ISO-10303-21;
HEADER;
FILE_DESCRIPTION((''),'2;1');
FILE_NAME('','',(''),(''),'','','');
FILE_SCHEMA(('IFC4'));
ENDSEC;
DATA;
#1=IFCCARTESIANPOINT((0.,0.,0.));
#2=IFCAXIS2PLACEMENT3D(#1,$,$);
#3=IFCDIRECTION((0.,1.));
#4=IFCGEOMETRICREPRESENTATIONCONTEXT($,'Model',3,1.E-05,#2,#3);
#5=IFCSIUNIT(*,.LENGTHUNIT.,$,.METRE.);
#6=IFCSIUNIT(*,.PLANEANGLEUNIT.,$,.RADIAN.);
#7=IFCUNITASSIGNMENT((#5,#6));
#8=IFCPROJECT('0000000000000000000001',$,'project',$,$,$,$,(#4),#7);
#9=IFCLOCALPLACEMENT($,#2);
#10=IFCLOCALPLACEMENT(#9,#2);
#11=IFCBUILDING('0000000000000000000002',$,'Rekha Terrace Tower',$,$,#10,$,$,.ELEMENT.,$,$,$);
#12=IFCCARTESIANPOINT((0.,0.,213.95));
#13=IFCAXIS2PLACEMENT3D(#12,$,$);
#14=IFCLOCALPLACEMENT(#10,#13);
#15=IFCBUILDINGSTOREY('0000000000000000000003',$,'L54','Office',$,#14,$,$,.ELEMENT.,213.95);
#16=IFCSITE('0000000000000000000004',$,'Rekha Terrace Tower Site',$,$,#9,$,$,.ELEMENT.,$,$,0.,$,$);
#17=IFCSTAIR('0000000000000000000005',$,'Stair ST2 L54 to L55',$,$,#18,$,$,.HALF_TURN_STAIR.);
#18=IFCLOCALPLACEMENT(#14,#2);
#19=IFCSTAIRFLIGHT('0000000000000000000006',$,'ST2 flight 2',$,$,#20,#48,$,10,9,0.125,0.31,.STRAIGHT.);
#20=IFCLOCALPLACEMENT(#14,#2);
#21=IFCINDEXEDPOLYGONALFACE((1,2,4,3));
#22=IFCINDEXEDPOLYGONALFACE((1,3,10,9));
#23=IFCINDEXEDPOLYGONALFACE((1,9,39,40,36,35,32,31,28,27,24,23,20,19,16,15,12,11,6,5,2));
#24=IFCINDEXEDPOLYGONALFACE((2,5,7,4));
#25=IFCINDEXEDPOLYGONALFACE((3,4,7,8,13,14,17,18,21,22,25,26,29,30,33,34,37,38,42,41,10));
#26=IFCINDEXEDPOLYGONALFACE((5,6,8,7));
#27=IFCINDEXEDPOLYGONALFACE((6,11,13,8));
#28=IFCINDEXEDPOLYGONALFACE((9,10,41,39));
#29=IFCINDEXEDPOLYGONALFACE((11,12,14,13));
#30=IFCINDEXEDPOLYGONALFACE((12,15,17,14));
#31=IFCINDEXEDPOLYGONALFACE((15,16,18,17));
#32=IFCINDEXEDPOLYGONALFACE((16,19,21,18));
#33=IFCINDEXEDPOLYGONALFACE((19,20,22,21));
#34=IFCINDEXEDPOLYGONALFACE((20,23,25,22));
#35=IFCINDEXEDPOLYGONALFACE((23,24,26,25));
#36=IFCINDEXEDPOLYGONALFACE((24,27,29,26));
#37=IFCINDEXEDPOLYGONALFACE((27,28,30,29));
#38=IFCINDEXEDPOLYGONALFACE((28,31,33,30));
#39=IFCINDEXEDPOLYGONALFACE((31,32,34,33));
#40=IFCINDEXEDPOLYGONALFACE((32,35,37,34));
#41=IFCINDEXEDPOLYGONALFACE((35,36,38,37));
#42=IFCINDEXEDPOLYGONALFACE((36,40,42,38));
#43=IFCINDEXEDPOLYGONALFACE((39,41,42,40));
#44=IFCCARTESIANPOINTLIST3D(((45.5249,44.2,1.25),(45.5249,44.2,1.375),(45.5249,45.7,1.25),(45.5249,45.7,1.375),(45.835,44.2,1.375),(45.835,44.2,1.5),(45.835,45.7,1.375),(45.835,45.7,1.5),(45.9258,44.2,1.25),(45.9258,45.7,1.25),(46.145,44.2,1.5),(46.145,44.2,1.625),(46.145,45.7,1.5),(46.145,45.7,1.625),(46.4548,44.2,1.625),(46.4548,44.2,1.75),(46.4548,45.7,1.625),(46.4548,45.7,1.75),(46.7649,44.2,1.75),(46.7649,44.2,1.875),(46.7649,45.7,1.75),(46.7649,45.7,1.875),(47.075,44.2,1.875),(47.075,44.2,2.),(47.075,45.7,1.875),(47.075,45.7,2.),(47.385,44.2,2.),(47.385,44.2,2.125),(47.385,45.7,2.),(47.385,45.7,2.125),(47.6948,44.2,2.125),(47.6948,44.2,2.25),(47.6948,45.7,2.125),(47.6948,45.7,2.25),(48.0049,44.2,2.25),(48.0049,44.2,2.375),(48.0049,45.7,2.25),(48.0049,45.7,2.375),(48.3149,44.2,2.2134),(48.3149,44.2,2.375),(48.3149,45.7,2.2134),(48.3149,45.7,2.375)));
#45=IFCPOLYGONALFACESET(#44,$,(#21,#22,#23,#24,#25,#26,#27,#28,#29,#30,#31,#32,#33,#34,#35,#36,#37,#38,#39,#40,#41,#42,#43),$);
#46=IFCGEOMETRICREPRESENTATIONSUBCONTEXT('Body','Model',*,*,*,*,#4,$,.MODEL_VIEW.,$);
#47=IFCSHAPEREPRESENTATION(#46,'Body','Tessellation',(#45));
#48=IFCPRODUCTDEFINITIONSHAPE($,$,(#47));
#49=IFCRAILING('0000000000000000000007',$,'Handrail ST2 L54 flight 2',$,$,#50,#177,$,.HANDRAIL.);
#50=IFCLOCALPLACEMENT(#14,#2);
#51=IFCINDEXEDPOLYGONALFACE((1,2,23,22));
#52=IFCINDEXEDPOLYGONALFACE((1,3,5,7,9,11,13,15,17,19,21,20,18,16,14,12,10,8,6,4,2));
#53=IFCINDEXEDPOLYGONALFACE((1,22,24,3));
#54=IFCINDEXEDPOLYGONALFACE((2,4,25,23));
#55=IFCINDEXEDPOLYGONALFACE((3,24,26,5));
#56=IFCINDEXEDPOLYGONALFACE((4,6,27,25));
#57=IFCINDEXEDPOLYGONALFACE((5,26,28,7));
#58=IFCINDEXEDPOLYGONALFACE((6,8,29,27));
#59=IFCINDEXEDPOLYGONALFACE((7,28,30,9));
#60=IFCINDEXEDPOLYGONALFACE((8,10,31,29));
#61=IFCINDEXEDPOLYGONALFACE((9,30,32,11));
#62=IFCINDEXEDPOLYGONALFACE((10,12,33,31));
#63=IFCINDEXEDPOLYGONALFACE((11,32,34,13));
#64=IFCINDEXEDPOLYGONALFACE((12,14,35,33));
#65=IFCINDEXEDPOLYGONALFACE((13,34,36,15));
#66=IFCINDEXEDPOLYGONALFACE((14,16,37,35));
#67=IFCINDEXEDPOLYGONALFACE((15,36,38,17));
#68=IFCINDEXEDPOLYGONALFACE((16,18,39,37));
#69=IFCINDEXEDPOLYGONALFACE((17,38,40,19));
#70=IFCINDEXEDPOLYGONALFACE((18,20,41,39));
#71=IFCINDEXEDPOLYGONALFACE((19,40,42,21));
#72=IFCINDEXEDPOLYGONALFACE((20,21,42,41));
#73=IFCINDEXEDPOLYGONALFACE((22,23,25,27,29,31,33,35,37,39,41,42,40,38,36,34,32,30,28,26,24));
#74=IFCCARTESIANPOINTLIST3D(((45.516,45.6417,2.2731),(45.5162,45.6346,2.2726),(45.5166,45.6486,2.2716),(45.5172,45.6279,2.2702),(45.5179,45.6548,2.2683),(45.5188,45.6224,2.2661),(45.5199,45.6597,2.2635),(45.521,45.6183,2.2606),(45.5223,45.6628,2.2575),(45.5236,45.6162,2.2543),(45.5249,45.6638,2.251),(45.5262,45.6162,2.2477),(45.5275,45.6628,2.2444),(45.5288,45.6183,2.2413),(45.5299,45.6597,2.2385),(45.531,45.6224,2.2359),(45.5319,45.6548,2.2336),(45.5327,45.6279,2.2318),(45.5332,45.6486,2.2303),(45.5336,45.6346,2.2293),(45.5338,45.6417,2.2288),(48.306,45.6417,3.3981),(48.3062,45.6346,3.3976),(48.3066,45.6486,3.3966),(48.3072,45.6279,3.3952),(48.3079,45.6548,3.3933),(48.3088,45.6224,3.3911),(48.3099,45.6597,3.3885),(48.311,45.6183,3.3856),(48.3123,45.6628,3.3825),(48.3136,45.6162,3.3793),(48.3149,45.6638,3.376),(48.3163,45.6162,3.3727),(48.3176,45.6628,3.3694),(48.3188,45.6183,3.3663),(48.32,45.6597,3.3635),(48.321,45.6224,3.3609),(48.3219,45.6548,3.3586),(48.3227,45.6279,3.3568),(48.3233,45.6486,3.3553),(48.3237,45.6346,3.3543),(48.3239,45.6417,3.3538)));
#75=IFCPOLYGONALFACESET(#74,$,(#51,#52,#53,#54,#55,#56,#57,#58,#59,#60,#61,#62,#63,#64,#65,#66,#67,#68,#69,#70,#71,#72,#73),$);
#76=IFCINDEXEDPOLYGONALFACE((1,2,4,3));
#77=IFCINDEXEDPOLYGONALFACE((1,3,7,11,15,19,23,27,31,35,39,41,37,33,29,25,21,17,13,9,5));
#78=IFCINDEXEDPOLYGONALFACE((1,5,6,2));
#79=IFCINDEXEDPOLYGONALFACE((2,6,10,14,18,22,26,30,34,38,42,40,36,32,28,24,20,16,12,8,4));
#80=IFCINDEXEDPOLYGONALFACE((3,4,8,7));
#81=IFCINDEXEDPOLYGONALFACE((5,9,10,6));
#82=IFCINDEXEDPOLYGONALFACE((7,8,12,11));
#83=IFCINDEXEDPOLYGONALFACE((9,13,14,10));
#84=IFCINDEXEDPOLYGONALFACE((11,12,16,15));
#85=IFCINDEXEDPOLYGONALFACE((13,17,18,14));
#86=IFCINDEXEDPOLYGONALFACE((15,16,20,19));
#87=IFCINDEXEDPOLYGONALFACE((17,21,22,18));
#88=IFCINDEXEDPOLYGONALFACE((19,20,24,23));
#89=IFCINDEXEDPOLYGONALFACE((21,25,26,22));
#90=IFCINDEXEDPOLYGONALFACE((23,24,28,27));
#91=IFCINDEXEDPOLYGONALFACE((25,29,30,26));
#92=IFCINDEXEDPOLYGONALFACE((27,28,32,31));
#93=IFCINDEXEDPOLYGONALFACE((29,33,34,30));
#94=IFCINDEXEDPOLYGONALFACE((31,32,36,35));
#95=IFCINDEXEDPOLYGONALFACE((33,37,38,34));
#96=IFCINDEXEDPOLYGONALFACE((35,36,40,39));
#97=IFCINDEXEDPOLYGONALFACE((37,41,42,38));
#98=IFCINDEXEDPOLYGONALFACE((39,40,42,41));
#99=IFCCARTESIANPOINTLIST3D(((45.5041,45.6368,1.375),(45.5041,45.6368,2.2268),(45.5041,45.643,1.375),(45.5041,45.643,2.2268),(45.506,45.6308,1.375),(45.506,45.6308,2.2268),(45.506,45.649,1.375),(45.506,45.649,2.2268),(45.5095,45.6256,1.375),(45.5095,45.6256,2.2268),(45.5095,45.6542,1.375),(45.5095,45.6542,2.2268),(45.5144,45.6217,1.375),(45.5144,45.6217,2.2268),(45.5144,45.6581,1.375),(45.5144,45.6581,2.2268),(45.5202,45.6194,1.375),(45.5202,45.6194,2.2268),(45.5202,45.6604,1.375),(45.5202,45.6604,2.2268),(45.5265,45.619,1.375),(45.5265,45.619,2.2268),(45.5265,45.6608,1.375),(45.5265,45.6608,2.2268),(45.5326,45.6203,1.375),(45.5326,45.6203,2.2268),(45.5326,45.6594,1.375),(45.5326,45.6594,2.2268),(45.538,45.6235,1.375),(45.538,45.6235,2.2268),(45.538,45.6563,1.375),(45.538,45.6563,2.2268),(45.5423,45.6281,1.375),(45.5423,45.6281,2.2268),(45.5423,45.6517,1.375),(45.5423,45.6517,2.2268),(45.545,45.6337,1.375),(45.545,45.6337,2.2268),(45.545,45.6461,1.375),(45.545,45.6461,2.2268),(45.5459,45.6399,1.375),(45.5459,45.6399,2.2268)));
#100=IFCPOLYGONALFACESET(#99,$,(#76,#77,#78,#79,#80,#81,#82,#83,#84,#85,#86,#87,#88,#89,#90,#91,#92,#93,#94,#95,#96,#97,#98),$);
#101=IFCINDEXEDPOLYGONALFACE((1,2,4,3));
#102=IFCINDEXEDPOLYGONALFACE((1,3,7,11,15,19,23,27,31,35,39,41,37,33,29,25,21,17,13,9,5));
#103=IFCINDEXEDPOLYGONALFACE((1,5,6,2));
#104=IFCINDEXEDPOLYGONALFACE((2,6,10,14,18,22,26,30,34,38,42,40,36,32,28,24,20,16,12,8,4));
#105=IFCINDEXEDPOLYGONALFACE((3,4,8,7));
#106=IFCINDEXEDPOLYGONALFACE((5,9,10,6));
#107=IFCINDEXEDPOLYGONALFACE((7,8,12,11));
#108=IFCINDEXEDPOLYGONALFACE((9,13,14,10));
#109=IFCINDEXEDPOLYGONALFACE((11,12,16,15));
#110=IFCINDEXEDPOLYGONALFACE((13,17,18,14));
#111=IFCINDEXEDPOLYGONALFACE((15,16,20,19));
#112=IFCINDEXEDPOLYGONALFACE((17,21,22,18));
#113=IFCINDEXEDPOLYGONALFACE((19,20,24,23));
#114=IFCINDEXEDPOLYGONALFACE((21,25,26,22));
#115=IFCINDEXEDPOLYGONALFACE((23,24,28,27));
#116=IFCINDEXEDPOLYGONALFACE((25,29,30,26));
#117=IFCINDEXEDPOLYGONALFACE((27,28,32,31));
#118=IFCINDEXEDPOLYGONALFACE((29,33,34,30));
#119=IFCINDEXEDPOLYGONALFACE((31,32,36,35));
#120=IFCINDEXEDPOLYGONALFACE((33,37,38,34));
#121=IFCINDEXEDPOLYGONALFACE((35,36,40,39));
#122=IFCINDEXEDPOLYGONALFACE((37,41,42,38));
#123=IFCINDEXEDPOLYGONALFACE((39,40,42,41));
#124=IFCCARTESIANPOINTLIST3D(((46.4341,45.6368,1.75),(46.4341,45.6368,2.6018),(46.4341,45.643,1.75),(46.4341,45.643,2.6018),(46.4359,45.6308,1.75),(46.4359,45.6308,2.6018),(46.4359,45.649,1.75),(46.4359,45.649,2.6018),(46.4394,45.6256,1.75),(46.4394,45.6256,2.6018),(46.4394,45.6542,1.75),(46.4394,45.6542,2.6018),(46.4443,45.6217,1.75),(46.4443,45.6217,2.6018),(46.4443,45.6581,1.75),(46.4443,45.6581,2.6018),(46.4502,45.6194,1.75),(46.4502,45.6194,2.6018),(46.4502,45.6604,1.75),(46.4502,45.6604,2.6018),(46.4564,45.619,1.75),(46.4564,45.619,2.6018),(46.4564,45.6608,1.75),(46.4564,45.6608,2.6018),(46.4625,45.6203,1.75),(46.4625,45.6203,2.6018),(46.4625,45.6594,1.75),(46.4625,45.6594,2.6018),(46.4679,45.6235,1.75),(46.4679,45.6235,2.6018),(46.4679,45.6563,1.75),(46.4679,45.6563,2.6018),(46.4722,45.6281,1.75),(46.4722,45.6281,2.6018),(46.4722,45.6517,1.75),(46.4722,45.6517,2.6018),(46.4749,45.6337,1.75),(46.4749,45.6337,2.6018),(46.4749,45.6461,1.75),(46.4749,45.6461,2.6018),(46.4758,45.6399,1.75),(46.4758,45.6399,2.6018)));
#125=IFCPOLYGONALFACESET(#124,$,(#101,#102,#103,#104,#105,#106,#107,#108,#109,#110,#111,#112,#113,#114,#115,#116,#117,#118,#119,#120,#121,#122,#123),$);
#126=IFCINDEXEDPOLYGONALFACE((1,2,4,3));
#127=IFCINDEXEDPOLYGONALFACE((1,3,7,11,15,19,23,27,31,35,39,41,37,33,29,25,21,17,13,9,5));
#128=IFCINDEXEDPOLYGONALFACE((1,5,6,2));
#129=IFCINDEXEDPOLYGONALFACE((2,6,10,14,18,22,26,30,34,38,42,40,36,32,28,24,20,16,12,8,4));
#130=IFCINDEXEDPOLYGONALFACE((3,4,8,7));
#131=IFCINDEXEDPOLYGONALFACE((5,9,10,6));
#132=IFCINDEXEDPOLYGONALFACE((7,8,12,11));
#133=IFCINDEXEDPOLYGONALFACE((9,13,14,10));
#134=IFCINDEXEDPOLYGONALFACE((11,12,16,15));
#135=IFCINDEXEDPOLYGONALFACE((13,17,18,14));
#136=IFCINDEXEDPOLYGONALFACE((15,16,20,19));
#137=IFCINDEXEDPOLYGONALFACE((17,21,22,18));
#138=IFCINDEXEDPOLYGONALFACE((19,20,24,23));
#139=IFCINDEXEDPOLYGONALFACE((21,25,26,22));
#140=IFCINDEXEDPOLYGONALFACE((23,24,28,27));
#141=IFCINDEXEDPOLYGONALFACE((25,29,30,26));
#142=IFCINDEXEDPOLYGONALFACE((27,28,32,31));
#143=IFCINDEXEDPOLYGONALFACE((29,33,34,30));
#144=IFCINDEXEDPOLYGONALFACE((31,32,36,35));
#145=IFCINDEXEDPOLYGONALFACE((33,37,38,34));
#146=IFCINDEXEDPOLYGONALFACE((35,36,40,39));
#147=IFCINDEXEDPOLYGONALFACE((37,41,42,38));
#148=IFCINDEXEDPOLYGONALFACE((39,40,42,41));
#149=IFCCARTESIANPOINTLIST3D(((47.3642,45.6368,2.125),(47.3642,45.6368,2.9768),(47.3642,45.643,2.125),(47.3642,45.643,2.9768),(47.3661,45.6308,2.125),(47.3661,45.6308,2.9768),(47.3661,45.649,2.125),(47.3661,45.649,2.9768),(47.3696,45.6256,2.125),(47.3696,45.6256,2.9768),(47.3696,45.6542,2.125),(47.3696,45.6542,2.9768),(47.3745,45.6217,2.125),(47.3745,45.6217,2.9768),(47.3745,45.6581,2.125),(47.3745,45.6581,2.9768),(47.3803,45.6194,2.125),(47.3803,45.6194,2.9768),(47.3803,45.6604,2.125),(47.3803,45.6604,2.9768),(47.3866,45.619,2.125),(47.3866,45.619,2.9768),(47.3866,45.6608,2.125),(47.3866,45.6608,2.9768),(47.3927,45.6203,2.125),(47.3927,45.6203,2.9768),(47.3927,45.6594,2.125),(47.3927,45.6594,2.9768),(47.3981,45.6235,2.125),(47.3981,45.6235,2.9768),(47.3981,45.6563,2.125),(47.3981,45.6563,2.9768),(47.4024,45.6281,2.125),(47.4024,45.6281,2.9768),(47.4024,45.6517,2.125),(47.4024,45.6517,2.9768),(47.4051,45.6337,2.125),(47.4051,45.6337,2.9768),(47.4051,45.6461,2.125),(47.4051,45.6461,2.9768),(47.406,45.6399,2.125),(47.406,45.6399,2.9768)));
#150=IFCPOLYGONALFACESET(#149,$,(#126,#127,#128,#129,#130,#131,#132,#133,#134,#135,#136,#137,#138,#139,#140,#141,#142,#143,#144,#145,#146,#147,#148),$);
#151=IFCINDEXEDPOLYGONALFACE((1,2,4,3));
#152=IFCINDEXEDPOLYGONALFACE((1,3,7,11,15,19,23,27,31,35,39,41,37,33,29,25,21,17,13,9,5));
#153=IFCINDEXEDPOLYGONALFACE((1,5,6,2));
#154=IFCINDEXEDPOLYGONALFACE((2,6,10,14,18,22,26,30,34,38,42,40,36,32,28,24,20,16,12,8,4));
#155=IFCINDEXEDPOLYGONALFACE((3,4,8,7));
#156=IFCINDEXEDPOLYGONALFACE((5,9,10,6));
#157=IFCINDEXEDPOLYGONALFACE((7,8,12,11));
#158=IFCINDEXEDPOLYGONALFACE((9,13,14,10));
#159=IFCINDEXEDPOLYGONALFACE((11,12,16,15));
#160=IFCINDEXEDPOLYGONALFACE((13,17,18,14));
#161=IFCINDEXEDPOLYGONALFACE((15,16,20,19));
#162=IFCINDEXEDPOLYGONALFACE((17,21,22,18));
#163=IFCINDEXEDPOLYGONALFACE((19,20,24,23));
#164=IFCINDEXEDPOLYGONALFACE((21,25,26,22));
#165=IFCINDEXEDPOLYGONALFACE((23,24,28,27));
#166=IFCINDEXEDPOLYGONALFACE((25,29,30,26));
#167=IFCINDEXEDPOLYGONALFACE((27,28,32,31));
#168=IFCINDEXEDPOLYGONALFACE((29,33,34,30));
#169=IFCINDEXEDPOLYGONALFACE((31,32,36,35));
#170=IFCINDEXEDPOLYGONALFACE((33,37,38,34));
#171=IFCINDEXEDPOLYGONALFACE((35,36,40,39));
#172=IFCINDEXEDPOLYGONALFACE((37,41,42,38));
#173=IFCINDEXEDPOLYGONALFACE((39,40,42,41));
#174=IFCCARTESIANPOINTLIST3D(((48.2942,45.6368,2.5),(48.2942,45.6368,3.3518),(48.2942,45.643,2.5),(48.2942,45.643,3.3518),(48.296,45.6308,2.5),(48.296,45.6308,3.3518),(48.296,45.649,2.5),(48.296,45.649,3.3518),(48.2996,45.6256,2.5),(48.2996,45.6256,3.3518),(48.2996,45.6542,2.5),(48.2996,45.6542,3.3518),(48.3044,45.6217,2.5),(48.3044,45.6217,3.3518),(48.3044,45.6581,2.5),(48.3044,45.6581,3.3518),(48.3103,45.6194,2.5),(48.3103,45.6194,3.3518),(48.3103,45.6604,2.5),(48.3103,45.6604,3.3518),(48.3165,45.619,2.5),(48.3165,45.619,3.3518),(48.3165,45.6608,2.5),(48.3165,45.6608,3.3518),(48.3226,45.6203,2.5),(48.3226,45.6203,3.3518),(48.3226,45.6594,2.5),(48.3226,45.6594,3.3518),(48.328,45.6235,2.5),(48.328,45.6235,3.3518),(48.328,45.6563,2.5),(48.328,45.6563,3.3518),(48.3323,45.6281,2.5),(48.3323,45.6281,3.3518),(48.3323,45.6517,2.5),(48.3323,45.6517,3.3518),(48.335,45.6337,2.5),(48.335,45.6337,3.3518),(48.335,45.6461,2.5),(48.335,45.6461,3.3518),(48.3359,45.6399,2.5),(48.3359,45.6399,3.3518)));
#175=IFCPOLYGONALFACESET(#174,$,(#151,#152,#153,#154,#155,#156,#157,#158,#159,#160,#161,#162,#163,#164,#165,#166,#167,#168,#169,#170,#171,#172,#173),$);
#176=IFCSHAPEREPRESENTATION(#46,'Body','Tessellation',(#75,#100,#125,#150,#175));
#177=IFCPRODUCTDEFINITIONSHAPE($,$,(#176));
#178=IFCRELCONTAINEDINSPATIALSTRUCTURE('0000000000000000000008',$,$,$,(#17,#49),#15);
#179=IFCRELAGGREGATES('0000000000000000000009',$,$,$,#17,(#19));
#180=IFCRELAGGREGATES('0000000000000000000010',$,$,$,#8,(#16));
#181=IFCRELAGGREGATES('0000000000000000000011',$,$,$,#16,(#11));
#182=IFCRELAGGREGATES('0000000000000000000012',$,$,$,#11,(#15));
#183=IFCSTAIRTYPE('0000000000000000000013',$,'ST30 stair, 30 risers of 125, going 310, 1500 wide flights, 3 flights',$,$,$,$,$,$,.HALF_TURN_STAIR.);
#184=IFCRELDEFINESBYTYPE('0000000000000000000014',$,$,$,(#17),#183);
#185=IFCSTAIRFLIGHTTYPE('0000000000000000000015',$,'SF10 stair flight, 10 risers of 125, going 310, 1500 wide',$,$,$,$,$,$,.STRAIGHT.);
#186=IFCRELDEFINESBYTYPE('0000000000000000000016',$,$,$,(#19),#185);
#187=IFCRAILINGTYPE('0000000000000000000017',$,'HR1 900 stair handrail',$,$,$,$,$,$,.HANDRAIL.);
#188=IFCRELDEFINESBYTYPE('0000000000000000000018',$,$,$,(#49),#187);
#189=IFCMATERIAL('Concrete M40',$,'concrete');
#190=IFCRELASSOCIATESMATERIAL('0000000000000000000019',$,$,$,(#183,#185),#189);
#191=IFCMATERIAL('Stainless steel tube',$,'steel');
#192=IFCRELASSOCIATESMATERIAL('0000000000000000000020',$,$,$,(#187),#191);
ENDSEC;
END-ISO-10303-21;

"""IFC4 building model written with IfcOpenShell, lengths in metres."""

from ifc_helpers import new_model, si_unit, direction, frame, origin, origin_2d, place, context, subcontext, project, spatial, polyline, circle, outline, extrude, material, type_object, element, aggregate, save


model = new_model("IFC4")

# Units and contexts
model_context = context("Model", 3, precision=1e-05, world=origin(), true_north=direction((0.0, 1.0)))
body_context = subcontext(model_context, "Body", "Model", "MODEL_VIEW")
ifc_project = project(units=[si_unit("LENGTHUNIT", "METRE"), si_unit("PLANEANGLEUNIT", "RADIAN")], contexts=[model_context])

# Site, building, storey
site_placement = place(None, origin())
site = spatial("IfcSite", under=ifc_project, at=site_placement, Name="Rekha Terrace Tower Site", CompositionType="ELEMENT", RefElevation=0.0)
building_placement = place(site_placement, origin())
building = spatial("IfcBuilding", under=site, at=building_placement, Name="Rekha Terrace Tower", CompositionType="ELEMENT")
storey_placement = place(building_placement, frame((0.0, 0.0, 213.95)))
storey = spatial("IfcBuildingStorey", under=building, at=storey_placement, Name="L54", Description="Office", CompositionType="ELEMENT", Elevation=213.95)

# Stair, stair flight
ifc_material_1 = material(Name="Concrete M40", Category="concrete")
stair_type = type_object("IfcStairType", Name="ST30 stair, 30 risers of 125, going 310, 1500 wide flights, 3 flights", PredefinedType="HALF_TURN_STAIR", material=ifc_material_1)
stair_placement = place(storey_placement, origin())
stair = element("IfcStair", 1, at=stair_placement, inside=storey, type_object=stair_type, Name="Stair ST2 L54 to L55", PredefinedType="HALF_TURN_STAIR")
stair_flight_type = type_object("IfcStairFlightType", Name="SF10 stair flight, 10 risers of 125, going 310, 1500 wide", PredefinedType="STRAIGHT", material=ifc_material_1)
stair_flight_placement = place(storey_placement, frame((45.5249, 44.95, 1.25), z_axis=(0.0, 0.0, 1.0), x_axis=(1.0, 0.0, 0.0)))
stair_flight = element("IfcStairFlight", 2, at=stair_flight_placement, type_object=stair_flight_type, Name="ST2 flight 2", NumberOfRisers=10, NumberOfTreads=9, PredefinedType="STRAIGHT", RiserHeight=0.125, TreadLength=0.31, context=body_context, shape_type="SweptSolid", body=[
    extrude(outline(polyline([(0.0, 0.0), (0.0, 0.125), (0.3101, 0.125), (0.3101, 0.25), (0.6201, 0.25), (0.6201, 0.375), (0.9299, 0.375), (0.9299, 0.5), (1.24, 0.5), (1.24, 0.625), (1.55, 0.625), (1.55, 0.75), (1.8601, 0.75), (1.8601, 0.875), (2.1699, 0.875), (2.1699, 1.0), (2.48, 1.0), (2.48, 1.125), (2.79, 1.125), (2.79, 1.25), (2.79, 0.9634), (0.4009, 0.0), (0.0, 0.0)])), frame((0.0, 0.75, 0.0), z_axis=(0.0, -1.0, 0.0), x_axis=(1.0, 0.0, 0.0)), (0.0, 0.0, 1.0), 1.5),
])
aggregate(stair, [stair_flight])

# Railing
ifc_material_2 = material(Name="Stainless steel tube", Category="steel")
railing_type = type_object("IfcRailingType", Name="HR1 900 stair handrail", PredefinedType="HANDRAIL", material=ifc_material_2)
railing_placement = place(storey_placement, frame((45.5249, 45.6399, 1.375)))
element("IfcRailing", 3, at=railing_placement, inside=storey, type_object=railing_type, Name="Handrail ST2 L54 flight 2", PredefinedType="HANDRAIL", context=body_context, shape_type="SweptSolid", body=[
    extrude(circle(Radius=0.0239, at=origin_2d()), frame((0.0, 0.0, 0.876), z_axis=(0.927443, 0.0, 0.373964), x_axis=(0.0, 1.0, 0.0)), (0.0, 0.0, 1.0), 3.0083),
    extrude(circle(Radius=0.021, at=origin_2d()), origin(), (0.0, 0.0, 1.0), 0.8518),
    extrude(circle(Radius=0.021, at=origin_2d()), frame((0.9299, 0.0, 0.375)), (0.0, 0.0, 1.0), 0.8518),
    extrude(circle(Radius=0.021, at=origin_2d()), frame((1.8601, 0.0, 0.75)), (0.0, 0.0, 1.0), 0.8518),
    extrude(circle(Radius=0.021, at=origin_2d()), frame((2.79, 0.0, 1.125)), (0.0, 0.0, 1.0), 0.8518),
])

save(model, "model.ifc")
